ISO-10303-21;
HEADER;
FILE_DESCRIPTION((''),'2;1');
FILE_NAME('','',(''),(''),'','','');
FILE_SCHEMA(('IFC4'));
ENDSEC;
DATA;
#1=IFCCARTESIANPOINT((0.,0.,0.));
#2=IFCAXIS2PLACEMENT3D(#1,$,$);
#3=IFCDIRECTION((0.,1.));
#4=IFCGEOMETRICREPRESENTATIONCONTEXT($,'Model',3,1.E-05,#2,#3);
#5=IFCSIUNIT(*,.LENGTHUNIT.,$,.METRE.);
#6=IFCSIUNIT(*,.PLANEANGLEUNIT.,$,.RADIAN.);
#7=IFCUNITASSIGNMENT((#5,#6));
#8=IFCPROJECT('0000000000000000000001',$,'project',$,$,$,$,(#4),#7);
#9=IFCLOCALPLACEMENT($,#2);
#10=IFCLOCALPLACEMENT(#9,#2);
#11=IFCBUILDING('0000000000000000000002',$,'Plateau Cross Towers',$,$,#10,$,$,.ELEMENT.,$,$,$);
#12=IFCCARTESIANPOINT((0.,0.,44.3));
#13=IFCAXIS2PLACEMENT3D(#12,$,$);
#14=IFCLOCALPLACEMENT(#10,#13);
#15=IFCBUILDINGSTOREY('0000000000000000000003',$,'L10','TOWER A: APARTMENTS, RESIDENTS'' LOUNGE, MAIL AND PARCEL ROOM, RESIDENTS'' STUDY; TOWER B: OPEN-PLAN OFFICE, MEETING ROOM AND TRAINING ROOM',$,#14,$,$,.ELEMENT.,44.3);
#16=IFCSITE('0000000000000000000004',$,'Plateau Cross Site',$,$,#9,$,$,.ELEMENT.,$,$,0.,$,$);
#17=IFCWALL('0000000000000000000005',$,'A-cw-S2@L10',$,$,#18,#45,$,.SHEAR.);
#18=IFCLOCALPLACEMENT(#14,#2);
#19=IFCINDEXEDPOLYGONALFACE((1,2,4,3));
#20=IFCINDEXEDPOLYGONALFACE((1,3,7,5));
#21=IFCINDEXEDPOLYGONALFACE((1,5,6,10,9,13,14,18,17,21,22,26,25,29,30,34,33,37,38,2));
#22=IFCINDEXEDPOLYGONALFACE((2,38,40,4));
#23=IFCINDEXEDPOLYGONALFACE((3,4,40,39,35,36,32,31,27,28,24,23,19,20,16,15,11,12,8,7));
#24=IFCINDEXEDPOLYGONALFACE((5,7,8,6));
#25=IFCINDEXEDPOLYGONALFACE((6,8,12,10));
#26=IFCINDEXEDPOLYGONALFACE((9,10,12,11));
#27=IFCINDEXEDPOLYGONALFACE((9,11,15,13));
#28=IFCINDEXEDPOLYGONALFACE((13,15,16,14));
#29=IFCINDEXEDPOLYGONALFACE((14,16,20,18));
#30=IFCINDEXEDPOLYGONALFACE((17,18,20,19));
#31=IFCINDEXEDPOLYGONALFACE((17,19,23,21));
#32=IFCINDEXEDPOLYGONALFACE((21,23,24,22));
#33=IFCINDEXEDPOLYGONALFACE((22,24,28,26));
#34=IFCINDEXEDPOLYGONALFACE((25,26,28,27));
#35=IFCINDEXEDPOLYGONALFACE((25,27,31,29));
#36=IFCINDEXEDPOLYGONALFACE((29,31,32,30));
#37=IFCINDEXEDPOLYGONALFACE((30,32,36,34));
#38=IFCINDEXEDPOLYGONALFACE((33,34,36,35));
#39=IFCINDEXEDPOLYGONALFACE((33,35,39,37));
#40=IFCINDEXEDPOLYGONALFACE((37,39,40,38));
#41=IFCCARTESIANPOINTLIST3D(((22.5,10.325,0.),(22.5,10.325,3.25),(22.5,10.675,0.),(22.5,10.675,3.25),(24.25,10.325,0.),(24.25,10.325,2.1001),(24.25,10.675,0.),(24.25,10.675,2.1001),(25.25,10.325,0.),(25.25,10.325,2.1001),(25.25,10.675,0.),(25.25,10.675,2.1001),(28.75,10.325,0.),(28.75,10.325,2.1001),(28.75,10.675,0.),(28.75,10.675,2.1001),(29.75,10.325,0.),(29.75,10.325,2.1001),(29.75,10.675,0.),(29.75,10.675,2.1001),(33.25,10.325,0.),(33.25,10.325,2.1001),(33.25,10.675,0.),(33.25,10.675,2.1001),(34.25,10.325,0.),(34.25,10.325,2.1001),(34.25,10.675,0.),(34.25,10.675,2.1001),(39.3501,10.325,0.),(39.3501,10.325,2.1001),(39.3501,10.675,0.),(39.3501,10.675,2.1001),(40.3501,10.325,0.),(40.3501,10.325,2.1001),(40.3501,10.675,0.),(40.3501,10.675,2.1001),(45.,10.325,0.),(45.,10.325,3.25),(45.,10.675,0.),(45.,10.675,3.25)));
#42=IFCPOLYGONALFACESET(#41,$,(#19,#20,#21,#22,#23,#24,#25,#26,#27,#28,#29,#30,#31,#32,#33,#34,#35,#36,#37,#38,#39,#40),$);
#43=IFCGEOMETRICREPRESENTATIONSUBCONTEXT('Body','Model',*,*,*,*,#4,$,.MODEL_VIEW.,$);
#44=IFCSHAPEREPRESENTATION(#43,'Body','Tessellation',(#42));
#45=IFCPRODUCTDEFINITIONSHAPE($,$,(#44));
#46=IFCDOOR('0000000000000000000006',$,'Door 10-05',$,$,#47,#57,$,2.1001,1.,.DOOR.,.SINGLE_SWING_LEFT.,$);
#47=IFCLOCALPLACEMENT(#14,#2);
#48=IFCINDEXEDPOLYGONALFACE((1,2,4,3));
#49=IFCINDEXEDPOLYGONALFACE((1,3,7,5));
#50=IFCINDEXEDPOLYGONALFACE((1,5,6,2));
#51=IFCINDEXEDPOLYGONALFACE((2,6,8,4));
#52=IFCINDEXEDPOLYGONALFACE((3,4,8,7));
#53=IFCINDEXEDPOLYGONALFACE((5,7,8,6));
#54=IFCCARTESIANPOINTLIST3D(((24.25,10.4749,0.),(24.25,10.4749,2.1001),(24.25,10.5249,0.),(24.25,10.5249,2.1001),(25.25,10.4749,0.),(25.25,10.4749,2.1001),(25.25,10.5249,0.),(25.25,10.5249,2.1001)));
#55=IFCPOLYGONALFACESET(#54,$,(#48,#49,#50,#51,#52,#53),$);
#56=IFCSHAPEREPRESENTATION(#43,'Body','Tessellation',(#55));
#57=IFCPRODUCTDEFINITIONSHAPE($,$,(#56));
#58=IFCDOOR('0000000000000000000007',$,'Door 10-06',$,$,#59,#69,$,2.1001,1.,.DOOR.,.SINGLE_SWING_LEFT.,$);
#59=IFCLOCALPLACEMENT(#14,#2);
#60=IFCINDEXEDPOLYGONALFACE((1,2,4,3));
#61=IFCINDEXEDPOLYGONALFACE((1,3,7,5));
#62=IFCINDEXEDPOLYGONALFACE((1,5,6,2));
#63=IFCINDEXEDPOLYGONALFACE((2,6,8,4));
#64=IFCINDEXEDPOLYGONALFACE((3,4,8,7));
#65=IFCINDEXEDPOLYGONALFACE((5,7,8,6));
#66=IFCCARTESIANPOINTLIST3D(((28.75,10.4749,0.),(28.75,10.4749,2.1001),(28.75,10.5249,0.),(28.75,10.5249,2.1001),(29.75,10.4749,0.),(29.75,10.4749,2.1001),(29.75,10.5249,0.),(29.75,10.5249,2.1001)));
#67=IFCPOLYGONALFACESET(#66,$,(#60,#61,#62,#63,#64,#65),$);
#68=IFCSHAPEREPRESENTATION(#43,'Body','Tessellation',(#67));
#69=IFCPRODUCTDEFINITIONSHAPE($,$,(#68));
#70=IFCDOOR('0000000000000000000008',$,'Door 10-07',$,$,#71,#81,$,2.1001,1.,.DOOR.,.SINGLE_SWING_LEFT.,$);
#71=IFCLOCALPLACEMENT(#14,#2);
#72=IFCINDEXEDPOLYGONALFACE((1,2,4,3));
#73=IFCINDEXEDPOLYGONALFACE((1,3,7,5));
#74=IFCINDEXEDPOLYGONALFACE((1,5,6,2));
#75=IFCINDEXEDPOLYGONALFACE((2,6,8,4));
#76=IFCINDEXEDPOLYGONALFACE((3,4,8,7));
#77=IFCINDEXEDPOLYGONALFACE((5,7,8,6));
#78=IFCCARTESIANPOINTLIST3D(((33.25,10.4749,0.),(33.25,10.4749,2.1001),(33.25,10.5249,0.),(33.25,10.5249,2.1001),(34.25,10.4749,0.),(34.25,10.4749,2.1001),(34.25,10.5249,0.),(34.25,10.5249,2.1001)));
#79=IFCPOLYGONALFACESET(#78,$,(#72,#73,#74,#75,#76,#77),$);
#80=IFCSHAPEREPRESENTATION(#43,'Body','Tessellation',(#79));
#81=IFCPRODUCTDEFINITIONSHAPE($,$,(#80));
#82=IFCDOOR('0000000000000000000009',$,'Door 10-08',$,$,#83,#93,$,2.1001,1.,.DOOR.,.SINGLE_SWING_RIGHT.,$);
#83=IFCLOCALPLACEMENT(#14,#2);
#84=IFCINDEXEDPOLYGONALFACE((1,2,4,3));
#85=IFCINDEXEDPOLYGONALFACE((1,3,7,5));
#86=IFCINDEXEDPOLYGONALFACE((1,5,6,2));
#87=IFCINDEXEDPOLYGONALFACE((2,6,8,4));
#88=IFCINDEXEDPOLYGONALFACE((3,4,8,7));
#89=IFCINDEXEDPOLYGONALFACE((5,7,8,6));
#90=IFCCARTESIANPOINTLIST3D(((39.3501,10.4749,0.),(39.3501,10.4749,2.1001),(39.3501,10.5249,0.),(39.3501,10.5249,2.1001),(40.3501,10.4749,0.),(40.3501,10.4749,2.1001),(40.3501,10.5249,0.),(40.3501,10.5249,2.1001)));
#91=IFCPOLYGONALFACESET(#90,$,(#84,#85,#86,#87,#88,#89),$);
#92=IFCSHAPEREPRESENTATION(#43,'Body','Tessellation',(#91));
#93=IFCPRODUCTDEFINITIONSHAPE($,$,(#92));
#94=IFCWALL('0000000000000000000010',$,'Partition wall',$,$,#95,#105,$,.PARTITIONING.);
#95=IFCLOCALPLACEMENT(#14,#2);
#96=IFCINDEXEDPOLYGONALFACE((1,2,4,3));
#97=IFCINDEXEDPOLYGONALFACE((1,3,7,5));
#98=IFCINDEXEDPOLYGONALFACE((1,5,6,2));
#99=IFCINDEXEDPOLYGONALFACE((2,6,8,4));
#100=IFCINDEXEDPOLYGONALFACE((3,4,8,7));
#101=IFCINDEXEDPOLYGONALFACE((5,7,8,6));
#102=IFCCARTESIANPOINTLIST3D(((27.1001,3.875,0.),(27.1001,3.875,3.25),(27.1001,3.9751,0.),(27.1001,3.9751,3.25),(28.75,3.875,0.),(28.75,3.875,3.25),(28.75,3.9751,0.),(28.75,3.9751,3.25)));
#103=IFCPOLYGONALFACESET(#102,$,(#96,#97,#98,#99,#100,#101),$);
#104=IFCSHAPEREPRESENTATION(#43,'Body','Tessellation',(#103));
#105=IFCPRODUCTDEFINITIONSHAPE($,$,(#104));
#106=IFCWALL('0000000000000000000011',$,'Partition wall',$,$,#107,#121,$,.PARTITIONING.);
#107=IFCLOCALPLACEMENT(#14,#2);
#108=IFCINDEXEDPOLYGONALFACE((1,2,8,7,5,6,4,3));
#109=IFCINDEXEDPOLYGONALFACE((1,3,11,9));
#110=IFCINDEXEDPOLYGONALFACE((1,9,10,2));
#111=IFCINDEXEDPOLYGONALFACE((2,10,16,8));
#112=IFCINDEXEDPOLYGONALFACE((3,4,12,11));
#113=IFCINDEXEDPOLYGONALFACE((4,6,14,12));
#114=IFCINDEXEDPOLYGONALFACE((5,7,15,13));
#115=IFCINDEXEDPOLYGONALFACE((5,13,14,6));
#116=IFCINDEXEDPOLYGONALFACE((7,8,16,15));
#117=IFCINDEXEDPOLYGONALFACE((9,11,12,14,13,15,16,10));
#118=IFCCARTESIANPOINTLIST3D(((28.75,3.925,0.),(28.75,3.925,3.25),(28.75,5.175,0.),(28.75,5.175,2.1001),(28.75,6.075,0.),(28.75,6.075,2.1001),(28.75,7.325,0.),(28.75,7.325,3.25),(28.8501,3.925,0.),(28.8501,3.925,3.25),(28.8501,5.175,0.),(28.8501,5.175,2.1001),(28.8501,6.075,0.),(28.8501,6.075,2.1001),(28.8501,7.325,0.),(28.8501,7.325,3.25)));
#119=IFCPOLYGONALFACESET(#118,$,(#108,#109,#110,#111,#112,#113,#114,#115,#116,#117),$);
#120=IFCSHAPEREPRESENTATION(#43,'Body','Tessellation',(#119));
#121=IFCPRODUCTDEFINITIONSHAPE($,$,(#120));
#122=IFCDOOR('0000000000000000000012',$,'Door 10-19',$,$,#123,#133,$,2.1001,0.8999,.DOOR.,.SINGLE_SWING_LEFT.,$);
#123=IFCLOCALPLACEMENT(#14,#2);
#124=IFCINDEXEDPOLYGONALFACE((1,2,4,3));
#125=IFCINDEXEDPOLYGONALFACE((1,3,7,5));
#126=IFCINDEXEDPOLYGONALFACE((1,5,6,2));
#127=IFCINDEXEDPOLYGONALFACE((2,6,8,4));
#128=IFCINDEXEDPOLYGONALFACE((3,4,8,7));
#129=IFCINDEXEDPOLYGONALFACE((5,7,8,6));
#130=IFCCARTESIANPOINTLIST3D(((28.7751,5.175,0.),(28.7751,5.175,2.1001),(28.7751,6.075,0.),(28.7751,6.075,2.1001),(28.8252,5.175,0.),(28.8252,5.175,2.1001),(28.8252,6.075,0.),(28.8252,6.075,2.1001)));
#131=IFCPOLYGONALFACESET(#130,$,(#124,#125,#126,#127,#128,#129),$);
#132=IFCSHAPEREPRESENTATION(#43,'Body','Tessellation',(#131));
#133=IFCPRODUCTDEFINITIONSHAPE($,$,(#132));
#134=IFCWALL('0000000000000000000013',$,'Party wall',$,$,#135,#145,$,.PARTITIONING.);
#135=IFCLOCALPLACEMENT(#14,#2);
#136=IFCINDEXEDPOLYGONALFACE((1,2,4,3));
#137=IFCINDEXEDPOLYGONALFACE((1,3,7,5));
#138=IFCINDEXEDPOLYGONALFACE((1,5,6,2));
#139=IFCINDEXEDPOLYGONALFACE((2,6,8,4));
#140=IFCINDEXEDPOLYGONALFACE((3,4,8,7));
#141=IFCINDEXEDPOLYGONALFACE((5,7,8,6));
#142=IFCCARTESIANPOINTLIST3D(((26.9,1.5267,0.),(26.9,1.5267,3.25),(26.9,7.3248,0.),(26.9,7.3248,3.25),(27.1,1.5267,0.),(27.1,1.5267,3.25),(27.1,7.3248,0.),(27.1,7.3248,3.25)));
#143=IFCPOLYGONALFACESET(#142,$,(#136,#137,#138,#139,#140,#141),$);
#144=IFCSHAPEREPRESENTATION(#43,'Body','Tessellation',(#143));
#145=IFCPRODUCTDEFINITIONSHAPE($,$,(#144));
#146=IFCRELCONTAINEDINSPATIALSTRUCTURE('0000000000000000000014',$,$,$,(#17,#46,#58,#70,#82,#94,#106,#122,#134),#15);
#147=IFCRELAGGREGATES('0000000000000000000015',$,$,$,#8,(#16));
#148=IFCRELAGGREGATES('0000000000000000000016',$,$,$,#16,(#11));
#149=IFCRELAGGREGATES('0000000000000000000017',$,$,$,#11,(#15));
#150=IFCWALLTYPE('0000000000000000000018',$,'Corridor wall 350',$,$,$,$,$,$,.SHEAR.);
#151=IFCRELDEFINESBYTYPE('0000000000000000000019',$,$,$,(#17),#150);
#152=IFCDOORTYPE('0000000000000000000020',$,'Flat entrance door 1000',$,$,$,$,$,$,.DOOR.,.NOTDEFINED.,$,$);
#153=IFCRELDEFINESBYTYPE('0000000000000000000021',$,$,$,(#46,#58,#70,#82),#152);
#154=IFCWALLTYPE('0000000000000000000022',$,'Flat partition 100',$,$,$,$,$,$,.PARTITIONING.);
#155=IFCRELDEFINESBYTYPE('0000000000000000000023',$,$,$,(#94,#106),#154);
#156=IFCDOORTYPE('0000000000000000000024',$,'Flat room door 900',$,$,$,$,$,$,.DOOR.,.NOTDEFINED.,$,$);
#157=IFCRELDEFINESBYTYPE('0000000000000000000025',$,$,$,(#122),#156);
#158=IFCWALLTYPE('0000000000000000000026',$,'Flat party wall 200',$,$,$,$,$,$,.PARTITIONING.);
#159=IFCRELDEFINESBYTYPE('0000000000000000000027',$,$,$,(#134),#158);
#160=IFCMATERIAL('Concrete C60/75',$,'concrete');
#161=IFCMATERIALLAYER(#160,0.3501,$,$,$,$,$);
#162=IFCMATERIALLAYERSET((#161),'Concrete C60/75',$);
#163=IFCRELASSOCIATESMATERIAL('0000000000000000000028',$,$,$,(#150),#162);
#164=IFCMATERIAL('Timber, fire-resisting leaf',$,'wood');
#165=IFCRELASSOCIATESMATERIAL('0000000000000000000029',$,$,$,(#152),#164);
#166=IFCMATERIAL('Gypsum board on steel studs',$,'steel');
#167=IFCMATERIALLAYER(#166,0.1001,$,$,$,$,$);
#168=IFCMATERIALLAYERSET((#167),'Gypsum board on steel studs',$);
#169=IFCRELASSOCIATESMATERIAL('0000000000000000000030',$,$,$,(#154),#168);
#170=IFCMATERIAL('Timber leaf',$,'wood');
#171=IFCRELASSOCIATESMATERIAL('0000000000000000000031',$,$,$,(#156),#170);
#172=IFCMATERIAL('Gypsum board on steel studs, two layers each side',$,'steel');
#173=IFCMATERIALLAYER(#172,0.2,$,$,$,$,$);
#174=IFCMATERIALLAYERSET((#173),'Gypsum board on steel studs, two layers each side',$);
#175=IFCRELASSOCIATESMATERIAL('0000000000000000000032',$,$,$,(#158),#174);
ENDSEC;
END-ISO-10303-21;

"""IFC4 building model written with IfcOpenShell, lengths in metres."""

from ifc_helpers import new_model, si_unit, direction, frame, frame_2d, origin, place, context, subcontext, project, spatial, rectangle, extrude, material, layer, layer_set, type_object, element, fill, save


model = new_model("IFC4")

# Units and contexts
model_context = context("Model", 3, precision=1e-05, world=origin(), true_north=direction((0.0, 1.0)))
body_context = subcontext(model_context, "Body", "Model", "MODEL_VIEW")
ifc_project = project(units=[si_unit("LENGTHUNIT", "METRE"), si_unit("PLANEANGLEUNIT", "RADIAN")], contexts=[model_context])

# Site, building, storey
site_placement = place(None, origin())
site = spatial("IfcSite", under=ifc_project, at=site_placement, Name="Plateau Cross Site", CompositionType="ELEMENT", RefElevation=0.0)
building_placement = place(site_placement, origin())
building = spatial("IfcBuilding", under=site, at=building_placement, Name="Plateau Cross Towers", CompositionType="ELEMENT")
storey_placement = place(building_placement, frame((0.0, 0.0, 44.3)))
storey = spatial("IfcBuildingStorey", under=building, at=storey_placement, Name="L10", Description="TOWER A: APARTMENTS, RESIDENTS' LOUNGE, MAIL AND PARCEL ROOM, RESIDENTS' STUDY; TOWER B: OPEN-PLAN OFFICE, MEETING ROOM AND TRAINING ROOM", CompositionType="ELEMENT", Elevation=44.3)

# Shared definitions
ifc_material_1 = material(Name="Timber, fire-resisting leaf", Category="wood")

# Shared definitions
ifc_material_2 = material(Name="Concrete C60/75", Category="concrete")

# Wall, openings, doors
ifc_layer_1 = layer(ifc_material_2, 0.3501)
ifc_layer_set_1 = layer_set([ifc_layer_1], Name="Concrete C60/75")
wall_type_1 = type_object("IfcWallType", Name="Corridor wall 350", PredefinedType="SHEAR", material=ifc_layer_set_1)
door_type_1 = type_object("IfcDoorType", Name="Flat entrance door 1000", OperationType="NOTDEFINED", PredefinedType="DOOR", material=ifc_material_1)
wall_1_placement = place(storey_placement, frame((22.5, 10.5, 0.0), z_axis=(0.0, 0.0, 1.0), x_axis=(1.0, 0.0, 0.0)))
wall_1 = element("IfcWall", 1, at=wall_1_placement, inside=storey, type_object=wall_type_1, Name="A-cw-S2@L10", PredefinedType="SHEAR", context=body_context, shape_type="SweptSolid", body=[
    extrude(rectangle(XDim=22.5, YDim=0.3501, at=frame_2d((11.25, 0.0))), origin(), (0.0, 0.0, 1.0), 3.25),
])
opening_1_placement = place(wall_1_placement, frame((1.75, 0.0, 0.0)))
opening_1 = element("IfcOpeningElement", 2, at=opening_1_placement, cuts=wall_1, PredefinedType="OPENING", context=body_context, shape_type="SweptSolid", body=[
    extrude(rectangle(XDim=1.0, YDim=2.1001, at=frame_2d((0.5, 1.05))), frame((0.0, 0.1851, 0.0), z_axis=(0.0, -1.0, 0.0), x_axis=(1.0, 0.0, 0.0)), (0.0, 0.0, 1.0), 0.3701),
])
opening_2_placement = place(wall_1_placement, frame((6.25, 0.0, 0.0)))
opening_2 = element("IfcOpeningElement", 3, at=opening_2_placement, cuts=wall_1, PredefinedType="OPENING", context=body_context, shape_type="SweptSolid", body=[
    extrude(rectangle(XDim=1.0, YDim=2.1001, at=frame_2d((0.5, 1.05))), frame((0.0, 0.1851, 0.0), z_axis=(0.0, -1.0, 0.0), x_axis=(1.0, 0.0, 0.0)), (0.0, 0.0, 1.0), 0.3701),
])
opening_3_placement = place(wall_1_placement, frame((10.75, 0.0, 0.0)))
opening_3 = element("IfcOpeningElement", 4, at=opening_3_placement, cuts=wall_1, PredefinedType="OPENING", context=body_context, shape_type="SweptSolid", body=[
    extrude(rectangle(XDim=1.0, YDim=2.1001, at=frame_2d((0.5, 1.05))), frame((0.0, 0.1851, 0.0), z_axis=(0.0, -1.0, 0.0), x_axis=(1.0, 0.0, 0.0)), (0.0, 0.0, 1.0), 0.3701),
])
opening_4_placement = place(wall_1_placement, frame((16.8501, 0.0, 0.0)))
opening_4 = element("IfcOpeningElement", 5, at=opening_4_placement, cuts=wall_1, PredefinedType="OPENING", context=body_context, shape_type="SweptSolid", body=[
    extrude(rectangle(XDim=1.0, YDim=2.1001, at=frame_2d((0.5, 1.05))), frame((0.0, 0.1851, 0.0), z_axis=(0.0, -1.0, 0.0), x_axis=(1.0, 0.0, 0.0)), (0.0, 0.0, 1.0), 0.3701),
])
door_1_placement = place(opening_1_placement, origin())
door_1 = element("IfcDoor", 6, at=door_1_placement, inside=storey, type_object=door_type_1, Name="Door 10-05", OperationType="SINGLE_SWING_LEFT", OverallHeight=2.1001, OverallWidth=1.0, PredefinedType="DOOR", context=body_context, shape_type="SweptSolid", body=[
    extrude(rectangle(XDim=1.0, YDim=2.1001, at=frame_2d((0.5, 1.05))), frame((0.0, 0.0249, 0.0), z_axis=(0.0, -1.0, 0.0), x_axis=(1.0, 0.0, 0.0)), (0.0, 0.0, 1.0), 0.05),
])
fill(opening_1, door_1)
door_2_placement = place(opening_2_placement, origin())
door_2 = element("IfcDoor", 7, at=door_2_placement, inside=storey, type_object=door_type_1, Name="Door 10-06", OperationType="SINGLE_SWING_LEFT", OverallHeight=2.1001, OverallWidth=1.0, PredefinedType="DOOR", context=body_context, shape_type="SweptSolid", body=[
    extrude(rectangle(XDim=1.0, YDim=2.1001, at=frame_2d((0.5, 1.05))), frame((0.0, 0.0249, 0.0), z_axis=(0.0, -1.0, 0.0), x_axis=(1.0, 0.0, 0.0)), (0.0, 0.0, 1.0), 0.05),
])
fill(opening_2, door_2)
door_3_placement = place(opening_3_placement, origin())
door_3 = element("IfcDoor", 8, at=door_3_placement, inside=storey, type_object=door_type_1, Name="Door 10-07", OperationType="SINGLE_SWING_LEFT", OverallHeight=2.1001, OverallWidth=1.0, PredefinedType="DOOR", context=body_context, shape_type="SweptSolid", body=[
    extrude(rectangle(XDim=1.0, YDim=2.1001, at=frame_2d((0.5, 1.05))), frame((0.0, 0.0249, 0.0), z_axis=(0.0, -1.0, 0.0), x_axis=(1.0, 0.0, 0.0)), (0.0, 0.0, 1.0), 0.05),
])
fill(opening_3, door_3)
door_4_placement = place(opening_4_placement, origin())
door_4 = element("IfcDoor", 9, at=door_4_placement, inside=storey, type_object=door_type_1, Name="Door 10-08", OperationType="SINGLE_SWING_RIGHT", OverallHeight=2.1001, OverallWidth=1.0, PredefinedType="DOOR", context=body_context, shape_type="SweptSolid", body=[
    extrude(rectangle(XDim=1.0, YDim=2.1001, at=frame_2d((0.5, 1.05))), frame((0.0, 0.0249, 0.0), z_axis=(0.0, -1.0, 0.0), x_axis=(1.0, 0.0, 0.0)), (0.0, 0.0, 1.0), 0.05),
])
fill(opening_4, door_4)

# Wall
ifc_material_3 = material(Name="Gypsum board on steel studs", Category="steel")
ifc_layer_2 = layer(ifc_material_3, 0.1001)
ifc_layer_set_2 = layer_set([ifc_layer_2], Name="Gypsum board on steel studs")
wall_type_2 = type_object("IfcWallType", Name="Flat partition 100", PredefinedType="PARTITIONING", material=ifc_layer_set_2)
wall_2_placement = place(storey_placement, frame((27.1001, 3.925, 0.0), z_axis=(0.0, 0.0, 1.0), x_axis=(1.0, 0.0, 0.0)))
element("IfcWall", 10, at=wall_2_placement, inside=storey, type_object=wall_type_2, Name="Partition wall", PredefinedType="PARTITIONING", context=body_context, shape_type="SweptSolid", body=[
    extrude(rectangle(XDim=1.6499, YDim=0.1001, at=frame_2d((0.825, 0.0))), origin(), (0.0, 0.0, 1.0), 3.25),
])

# Wall, opening, door
wall_3_placement = place(storey_placement, frame((28.8, 3.925, 0.0), z_axis=(0.0, 0.0, 1.0), x_axis=(0.0, 1.0, 0.0)))
wall_3 = element("IfcWall", 11, at=wall_3_placement, inside=storey, type_object=wall_type_2, Name="Partition wall", PredefinedType="PARTITIONING", context=body_context, shape_type="SweptSolid", body=[
    extrude(rectangle(XDim=3.3999, YDim=0.1001, at=frame_2d((1.7, 0.0))), origin(), (0.0, 0.0, 1.0), 3.25),
])
opening_5_placement = place(wall_3_placement, frame((1.25, 0.0, 0.0)))
opening_5 = element("IfcOpeningElement", 12, at=opening_5_placement, cuts=wall_3, PredefinedType="OPENING", context=body_context, shape_type="SweptSolid", body=[
    extrude(rectangle(XDim=0.8999, YDim=2.1001, at=frame_2d((0.45, 1.05))), frame((0.0, 0.0601, 0.0), z_axis=(0.0, -1.0, 0.0), x_axis=(1.0, 0.0, 0.0)), (0.0, 0.0, 1.0), 0.1201),
])
ifc_material_4 = material(Name="Timber leaf", Category="wood")
door_type_2 = type_object("IfcDoorType", Name="Flat room door 900", OperationType="NOTDEFINED", PredefinedType="DOOR", material=ifc_material_4)
door_5_placement = place(opening_5_placement, origin())
door_5 = element("IfcDoor", 13, at=door_5_placement, inside=storey, type_object=door_type_2, Name="Door 10-19", OperationType="SINGLE_SWING_LEFT", OverallHeight=2.1001, OverallWidth=0.8999, PredefinedType="DOOR", context=body_context, shape_type="SweptSolid", body=[
    extrude(rectangle(XDim=0.8999, YDim=2.1001, at=frame_2d((0.45, 1.05))), frame((0.0, 0.0249, 0.0), z_axis=(0.0, -1.0, 0.0), x_axis=(1.0, 0.0, 0.0)), (0.0, 0.0, 1.0), 0.05),
])
fill(opening_5, door_5)

# Wall
ifc_material_5 = material(Name="Gypsum board on steel studs, two layers each side", Category="steel")
ifc_layer_3 = layer(ifc_material_5, 0.2)
ifc_layer_set_3 = layer_set([ifc_layer_3], Name="Gypsum board on steel studs, two layers each side")
wall_type_3 = type_object("IfcWallType", Name="Flat party wall 200", PredefinedType="PARTITIONING", material=ifc_layer_set_3)
wall_4_placement = place(storey_placement, frame((27.0, 1.5269, 0.0), z_axis=(0.0, 0.0, 1.0), x_axis=(0.0, 1.0, 0.0)))
element("IfcWall", 14, at=wall_4_placement, inside=storey, type_object=wall_type_3, Name="Party wall", PredefinedType="PARTITIONING", context=body_context, shape_type="SweptSolid", body=[
    extrude(rectangle(XDim=5.7981, YDim=0.2, at=frame_2d((2.8989, 0.0))), origin(), (0.0, 0.0, 1.0), 3.25),
])

save(model, "model.ifc")
